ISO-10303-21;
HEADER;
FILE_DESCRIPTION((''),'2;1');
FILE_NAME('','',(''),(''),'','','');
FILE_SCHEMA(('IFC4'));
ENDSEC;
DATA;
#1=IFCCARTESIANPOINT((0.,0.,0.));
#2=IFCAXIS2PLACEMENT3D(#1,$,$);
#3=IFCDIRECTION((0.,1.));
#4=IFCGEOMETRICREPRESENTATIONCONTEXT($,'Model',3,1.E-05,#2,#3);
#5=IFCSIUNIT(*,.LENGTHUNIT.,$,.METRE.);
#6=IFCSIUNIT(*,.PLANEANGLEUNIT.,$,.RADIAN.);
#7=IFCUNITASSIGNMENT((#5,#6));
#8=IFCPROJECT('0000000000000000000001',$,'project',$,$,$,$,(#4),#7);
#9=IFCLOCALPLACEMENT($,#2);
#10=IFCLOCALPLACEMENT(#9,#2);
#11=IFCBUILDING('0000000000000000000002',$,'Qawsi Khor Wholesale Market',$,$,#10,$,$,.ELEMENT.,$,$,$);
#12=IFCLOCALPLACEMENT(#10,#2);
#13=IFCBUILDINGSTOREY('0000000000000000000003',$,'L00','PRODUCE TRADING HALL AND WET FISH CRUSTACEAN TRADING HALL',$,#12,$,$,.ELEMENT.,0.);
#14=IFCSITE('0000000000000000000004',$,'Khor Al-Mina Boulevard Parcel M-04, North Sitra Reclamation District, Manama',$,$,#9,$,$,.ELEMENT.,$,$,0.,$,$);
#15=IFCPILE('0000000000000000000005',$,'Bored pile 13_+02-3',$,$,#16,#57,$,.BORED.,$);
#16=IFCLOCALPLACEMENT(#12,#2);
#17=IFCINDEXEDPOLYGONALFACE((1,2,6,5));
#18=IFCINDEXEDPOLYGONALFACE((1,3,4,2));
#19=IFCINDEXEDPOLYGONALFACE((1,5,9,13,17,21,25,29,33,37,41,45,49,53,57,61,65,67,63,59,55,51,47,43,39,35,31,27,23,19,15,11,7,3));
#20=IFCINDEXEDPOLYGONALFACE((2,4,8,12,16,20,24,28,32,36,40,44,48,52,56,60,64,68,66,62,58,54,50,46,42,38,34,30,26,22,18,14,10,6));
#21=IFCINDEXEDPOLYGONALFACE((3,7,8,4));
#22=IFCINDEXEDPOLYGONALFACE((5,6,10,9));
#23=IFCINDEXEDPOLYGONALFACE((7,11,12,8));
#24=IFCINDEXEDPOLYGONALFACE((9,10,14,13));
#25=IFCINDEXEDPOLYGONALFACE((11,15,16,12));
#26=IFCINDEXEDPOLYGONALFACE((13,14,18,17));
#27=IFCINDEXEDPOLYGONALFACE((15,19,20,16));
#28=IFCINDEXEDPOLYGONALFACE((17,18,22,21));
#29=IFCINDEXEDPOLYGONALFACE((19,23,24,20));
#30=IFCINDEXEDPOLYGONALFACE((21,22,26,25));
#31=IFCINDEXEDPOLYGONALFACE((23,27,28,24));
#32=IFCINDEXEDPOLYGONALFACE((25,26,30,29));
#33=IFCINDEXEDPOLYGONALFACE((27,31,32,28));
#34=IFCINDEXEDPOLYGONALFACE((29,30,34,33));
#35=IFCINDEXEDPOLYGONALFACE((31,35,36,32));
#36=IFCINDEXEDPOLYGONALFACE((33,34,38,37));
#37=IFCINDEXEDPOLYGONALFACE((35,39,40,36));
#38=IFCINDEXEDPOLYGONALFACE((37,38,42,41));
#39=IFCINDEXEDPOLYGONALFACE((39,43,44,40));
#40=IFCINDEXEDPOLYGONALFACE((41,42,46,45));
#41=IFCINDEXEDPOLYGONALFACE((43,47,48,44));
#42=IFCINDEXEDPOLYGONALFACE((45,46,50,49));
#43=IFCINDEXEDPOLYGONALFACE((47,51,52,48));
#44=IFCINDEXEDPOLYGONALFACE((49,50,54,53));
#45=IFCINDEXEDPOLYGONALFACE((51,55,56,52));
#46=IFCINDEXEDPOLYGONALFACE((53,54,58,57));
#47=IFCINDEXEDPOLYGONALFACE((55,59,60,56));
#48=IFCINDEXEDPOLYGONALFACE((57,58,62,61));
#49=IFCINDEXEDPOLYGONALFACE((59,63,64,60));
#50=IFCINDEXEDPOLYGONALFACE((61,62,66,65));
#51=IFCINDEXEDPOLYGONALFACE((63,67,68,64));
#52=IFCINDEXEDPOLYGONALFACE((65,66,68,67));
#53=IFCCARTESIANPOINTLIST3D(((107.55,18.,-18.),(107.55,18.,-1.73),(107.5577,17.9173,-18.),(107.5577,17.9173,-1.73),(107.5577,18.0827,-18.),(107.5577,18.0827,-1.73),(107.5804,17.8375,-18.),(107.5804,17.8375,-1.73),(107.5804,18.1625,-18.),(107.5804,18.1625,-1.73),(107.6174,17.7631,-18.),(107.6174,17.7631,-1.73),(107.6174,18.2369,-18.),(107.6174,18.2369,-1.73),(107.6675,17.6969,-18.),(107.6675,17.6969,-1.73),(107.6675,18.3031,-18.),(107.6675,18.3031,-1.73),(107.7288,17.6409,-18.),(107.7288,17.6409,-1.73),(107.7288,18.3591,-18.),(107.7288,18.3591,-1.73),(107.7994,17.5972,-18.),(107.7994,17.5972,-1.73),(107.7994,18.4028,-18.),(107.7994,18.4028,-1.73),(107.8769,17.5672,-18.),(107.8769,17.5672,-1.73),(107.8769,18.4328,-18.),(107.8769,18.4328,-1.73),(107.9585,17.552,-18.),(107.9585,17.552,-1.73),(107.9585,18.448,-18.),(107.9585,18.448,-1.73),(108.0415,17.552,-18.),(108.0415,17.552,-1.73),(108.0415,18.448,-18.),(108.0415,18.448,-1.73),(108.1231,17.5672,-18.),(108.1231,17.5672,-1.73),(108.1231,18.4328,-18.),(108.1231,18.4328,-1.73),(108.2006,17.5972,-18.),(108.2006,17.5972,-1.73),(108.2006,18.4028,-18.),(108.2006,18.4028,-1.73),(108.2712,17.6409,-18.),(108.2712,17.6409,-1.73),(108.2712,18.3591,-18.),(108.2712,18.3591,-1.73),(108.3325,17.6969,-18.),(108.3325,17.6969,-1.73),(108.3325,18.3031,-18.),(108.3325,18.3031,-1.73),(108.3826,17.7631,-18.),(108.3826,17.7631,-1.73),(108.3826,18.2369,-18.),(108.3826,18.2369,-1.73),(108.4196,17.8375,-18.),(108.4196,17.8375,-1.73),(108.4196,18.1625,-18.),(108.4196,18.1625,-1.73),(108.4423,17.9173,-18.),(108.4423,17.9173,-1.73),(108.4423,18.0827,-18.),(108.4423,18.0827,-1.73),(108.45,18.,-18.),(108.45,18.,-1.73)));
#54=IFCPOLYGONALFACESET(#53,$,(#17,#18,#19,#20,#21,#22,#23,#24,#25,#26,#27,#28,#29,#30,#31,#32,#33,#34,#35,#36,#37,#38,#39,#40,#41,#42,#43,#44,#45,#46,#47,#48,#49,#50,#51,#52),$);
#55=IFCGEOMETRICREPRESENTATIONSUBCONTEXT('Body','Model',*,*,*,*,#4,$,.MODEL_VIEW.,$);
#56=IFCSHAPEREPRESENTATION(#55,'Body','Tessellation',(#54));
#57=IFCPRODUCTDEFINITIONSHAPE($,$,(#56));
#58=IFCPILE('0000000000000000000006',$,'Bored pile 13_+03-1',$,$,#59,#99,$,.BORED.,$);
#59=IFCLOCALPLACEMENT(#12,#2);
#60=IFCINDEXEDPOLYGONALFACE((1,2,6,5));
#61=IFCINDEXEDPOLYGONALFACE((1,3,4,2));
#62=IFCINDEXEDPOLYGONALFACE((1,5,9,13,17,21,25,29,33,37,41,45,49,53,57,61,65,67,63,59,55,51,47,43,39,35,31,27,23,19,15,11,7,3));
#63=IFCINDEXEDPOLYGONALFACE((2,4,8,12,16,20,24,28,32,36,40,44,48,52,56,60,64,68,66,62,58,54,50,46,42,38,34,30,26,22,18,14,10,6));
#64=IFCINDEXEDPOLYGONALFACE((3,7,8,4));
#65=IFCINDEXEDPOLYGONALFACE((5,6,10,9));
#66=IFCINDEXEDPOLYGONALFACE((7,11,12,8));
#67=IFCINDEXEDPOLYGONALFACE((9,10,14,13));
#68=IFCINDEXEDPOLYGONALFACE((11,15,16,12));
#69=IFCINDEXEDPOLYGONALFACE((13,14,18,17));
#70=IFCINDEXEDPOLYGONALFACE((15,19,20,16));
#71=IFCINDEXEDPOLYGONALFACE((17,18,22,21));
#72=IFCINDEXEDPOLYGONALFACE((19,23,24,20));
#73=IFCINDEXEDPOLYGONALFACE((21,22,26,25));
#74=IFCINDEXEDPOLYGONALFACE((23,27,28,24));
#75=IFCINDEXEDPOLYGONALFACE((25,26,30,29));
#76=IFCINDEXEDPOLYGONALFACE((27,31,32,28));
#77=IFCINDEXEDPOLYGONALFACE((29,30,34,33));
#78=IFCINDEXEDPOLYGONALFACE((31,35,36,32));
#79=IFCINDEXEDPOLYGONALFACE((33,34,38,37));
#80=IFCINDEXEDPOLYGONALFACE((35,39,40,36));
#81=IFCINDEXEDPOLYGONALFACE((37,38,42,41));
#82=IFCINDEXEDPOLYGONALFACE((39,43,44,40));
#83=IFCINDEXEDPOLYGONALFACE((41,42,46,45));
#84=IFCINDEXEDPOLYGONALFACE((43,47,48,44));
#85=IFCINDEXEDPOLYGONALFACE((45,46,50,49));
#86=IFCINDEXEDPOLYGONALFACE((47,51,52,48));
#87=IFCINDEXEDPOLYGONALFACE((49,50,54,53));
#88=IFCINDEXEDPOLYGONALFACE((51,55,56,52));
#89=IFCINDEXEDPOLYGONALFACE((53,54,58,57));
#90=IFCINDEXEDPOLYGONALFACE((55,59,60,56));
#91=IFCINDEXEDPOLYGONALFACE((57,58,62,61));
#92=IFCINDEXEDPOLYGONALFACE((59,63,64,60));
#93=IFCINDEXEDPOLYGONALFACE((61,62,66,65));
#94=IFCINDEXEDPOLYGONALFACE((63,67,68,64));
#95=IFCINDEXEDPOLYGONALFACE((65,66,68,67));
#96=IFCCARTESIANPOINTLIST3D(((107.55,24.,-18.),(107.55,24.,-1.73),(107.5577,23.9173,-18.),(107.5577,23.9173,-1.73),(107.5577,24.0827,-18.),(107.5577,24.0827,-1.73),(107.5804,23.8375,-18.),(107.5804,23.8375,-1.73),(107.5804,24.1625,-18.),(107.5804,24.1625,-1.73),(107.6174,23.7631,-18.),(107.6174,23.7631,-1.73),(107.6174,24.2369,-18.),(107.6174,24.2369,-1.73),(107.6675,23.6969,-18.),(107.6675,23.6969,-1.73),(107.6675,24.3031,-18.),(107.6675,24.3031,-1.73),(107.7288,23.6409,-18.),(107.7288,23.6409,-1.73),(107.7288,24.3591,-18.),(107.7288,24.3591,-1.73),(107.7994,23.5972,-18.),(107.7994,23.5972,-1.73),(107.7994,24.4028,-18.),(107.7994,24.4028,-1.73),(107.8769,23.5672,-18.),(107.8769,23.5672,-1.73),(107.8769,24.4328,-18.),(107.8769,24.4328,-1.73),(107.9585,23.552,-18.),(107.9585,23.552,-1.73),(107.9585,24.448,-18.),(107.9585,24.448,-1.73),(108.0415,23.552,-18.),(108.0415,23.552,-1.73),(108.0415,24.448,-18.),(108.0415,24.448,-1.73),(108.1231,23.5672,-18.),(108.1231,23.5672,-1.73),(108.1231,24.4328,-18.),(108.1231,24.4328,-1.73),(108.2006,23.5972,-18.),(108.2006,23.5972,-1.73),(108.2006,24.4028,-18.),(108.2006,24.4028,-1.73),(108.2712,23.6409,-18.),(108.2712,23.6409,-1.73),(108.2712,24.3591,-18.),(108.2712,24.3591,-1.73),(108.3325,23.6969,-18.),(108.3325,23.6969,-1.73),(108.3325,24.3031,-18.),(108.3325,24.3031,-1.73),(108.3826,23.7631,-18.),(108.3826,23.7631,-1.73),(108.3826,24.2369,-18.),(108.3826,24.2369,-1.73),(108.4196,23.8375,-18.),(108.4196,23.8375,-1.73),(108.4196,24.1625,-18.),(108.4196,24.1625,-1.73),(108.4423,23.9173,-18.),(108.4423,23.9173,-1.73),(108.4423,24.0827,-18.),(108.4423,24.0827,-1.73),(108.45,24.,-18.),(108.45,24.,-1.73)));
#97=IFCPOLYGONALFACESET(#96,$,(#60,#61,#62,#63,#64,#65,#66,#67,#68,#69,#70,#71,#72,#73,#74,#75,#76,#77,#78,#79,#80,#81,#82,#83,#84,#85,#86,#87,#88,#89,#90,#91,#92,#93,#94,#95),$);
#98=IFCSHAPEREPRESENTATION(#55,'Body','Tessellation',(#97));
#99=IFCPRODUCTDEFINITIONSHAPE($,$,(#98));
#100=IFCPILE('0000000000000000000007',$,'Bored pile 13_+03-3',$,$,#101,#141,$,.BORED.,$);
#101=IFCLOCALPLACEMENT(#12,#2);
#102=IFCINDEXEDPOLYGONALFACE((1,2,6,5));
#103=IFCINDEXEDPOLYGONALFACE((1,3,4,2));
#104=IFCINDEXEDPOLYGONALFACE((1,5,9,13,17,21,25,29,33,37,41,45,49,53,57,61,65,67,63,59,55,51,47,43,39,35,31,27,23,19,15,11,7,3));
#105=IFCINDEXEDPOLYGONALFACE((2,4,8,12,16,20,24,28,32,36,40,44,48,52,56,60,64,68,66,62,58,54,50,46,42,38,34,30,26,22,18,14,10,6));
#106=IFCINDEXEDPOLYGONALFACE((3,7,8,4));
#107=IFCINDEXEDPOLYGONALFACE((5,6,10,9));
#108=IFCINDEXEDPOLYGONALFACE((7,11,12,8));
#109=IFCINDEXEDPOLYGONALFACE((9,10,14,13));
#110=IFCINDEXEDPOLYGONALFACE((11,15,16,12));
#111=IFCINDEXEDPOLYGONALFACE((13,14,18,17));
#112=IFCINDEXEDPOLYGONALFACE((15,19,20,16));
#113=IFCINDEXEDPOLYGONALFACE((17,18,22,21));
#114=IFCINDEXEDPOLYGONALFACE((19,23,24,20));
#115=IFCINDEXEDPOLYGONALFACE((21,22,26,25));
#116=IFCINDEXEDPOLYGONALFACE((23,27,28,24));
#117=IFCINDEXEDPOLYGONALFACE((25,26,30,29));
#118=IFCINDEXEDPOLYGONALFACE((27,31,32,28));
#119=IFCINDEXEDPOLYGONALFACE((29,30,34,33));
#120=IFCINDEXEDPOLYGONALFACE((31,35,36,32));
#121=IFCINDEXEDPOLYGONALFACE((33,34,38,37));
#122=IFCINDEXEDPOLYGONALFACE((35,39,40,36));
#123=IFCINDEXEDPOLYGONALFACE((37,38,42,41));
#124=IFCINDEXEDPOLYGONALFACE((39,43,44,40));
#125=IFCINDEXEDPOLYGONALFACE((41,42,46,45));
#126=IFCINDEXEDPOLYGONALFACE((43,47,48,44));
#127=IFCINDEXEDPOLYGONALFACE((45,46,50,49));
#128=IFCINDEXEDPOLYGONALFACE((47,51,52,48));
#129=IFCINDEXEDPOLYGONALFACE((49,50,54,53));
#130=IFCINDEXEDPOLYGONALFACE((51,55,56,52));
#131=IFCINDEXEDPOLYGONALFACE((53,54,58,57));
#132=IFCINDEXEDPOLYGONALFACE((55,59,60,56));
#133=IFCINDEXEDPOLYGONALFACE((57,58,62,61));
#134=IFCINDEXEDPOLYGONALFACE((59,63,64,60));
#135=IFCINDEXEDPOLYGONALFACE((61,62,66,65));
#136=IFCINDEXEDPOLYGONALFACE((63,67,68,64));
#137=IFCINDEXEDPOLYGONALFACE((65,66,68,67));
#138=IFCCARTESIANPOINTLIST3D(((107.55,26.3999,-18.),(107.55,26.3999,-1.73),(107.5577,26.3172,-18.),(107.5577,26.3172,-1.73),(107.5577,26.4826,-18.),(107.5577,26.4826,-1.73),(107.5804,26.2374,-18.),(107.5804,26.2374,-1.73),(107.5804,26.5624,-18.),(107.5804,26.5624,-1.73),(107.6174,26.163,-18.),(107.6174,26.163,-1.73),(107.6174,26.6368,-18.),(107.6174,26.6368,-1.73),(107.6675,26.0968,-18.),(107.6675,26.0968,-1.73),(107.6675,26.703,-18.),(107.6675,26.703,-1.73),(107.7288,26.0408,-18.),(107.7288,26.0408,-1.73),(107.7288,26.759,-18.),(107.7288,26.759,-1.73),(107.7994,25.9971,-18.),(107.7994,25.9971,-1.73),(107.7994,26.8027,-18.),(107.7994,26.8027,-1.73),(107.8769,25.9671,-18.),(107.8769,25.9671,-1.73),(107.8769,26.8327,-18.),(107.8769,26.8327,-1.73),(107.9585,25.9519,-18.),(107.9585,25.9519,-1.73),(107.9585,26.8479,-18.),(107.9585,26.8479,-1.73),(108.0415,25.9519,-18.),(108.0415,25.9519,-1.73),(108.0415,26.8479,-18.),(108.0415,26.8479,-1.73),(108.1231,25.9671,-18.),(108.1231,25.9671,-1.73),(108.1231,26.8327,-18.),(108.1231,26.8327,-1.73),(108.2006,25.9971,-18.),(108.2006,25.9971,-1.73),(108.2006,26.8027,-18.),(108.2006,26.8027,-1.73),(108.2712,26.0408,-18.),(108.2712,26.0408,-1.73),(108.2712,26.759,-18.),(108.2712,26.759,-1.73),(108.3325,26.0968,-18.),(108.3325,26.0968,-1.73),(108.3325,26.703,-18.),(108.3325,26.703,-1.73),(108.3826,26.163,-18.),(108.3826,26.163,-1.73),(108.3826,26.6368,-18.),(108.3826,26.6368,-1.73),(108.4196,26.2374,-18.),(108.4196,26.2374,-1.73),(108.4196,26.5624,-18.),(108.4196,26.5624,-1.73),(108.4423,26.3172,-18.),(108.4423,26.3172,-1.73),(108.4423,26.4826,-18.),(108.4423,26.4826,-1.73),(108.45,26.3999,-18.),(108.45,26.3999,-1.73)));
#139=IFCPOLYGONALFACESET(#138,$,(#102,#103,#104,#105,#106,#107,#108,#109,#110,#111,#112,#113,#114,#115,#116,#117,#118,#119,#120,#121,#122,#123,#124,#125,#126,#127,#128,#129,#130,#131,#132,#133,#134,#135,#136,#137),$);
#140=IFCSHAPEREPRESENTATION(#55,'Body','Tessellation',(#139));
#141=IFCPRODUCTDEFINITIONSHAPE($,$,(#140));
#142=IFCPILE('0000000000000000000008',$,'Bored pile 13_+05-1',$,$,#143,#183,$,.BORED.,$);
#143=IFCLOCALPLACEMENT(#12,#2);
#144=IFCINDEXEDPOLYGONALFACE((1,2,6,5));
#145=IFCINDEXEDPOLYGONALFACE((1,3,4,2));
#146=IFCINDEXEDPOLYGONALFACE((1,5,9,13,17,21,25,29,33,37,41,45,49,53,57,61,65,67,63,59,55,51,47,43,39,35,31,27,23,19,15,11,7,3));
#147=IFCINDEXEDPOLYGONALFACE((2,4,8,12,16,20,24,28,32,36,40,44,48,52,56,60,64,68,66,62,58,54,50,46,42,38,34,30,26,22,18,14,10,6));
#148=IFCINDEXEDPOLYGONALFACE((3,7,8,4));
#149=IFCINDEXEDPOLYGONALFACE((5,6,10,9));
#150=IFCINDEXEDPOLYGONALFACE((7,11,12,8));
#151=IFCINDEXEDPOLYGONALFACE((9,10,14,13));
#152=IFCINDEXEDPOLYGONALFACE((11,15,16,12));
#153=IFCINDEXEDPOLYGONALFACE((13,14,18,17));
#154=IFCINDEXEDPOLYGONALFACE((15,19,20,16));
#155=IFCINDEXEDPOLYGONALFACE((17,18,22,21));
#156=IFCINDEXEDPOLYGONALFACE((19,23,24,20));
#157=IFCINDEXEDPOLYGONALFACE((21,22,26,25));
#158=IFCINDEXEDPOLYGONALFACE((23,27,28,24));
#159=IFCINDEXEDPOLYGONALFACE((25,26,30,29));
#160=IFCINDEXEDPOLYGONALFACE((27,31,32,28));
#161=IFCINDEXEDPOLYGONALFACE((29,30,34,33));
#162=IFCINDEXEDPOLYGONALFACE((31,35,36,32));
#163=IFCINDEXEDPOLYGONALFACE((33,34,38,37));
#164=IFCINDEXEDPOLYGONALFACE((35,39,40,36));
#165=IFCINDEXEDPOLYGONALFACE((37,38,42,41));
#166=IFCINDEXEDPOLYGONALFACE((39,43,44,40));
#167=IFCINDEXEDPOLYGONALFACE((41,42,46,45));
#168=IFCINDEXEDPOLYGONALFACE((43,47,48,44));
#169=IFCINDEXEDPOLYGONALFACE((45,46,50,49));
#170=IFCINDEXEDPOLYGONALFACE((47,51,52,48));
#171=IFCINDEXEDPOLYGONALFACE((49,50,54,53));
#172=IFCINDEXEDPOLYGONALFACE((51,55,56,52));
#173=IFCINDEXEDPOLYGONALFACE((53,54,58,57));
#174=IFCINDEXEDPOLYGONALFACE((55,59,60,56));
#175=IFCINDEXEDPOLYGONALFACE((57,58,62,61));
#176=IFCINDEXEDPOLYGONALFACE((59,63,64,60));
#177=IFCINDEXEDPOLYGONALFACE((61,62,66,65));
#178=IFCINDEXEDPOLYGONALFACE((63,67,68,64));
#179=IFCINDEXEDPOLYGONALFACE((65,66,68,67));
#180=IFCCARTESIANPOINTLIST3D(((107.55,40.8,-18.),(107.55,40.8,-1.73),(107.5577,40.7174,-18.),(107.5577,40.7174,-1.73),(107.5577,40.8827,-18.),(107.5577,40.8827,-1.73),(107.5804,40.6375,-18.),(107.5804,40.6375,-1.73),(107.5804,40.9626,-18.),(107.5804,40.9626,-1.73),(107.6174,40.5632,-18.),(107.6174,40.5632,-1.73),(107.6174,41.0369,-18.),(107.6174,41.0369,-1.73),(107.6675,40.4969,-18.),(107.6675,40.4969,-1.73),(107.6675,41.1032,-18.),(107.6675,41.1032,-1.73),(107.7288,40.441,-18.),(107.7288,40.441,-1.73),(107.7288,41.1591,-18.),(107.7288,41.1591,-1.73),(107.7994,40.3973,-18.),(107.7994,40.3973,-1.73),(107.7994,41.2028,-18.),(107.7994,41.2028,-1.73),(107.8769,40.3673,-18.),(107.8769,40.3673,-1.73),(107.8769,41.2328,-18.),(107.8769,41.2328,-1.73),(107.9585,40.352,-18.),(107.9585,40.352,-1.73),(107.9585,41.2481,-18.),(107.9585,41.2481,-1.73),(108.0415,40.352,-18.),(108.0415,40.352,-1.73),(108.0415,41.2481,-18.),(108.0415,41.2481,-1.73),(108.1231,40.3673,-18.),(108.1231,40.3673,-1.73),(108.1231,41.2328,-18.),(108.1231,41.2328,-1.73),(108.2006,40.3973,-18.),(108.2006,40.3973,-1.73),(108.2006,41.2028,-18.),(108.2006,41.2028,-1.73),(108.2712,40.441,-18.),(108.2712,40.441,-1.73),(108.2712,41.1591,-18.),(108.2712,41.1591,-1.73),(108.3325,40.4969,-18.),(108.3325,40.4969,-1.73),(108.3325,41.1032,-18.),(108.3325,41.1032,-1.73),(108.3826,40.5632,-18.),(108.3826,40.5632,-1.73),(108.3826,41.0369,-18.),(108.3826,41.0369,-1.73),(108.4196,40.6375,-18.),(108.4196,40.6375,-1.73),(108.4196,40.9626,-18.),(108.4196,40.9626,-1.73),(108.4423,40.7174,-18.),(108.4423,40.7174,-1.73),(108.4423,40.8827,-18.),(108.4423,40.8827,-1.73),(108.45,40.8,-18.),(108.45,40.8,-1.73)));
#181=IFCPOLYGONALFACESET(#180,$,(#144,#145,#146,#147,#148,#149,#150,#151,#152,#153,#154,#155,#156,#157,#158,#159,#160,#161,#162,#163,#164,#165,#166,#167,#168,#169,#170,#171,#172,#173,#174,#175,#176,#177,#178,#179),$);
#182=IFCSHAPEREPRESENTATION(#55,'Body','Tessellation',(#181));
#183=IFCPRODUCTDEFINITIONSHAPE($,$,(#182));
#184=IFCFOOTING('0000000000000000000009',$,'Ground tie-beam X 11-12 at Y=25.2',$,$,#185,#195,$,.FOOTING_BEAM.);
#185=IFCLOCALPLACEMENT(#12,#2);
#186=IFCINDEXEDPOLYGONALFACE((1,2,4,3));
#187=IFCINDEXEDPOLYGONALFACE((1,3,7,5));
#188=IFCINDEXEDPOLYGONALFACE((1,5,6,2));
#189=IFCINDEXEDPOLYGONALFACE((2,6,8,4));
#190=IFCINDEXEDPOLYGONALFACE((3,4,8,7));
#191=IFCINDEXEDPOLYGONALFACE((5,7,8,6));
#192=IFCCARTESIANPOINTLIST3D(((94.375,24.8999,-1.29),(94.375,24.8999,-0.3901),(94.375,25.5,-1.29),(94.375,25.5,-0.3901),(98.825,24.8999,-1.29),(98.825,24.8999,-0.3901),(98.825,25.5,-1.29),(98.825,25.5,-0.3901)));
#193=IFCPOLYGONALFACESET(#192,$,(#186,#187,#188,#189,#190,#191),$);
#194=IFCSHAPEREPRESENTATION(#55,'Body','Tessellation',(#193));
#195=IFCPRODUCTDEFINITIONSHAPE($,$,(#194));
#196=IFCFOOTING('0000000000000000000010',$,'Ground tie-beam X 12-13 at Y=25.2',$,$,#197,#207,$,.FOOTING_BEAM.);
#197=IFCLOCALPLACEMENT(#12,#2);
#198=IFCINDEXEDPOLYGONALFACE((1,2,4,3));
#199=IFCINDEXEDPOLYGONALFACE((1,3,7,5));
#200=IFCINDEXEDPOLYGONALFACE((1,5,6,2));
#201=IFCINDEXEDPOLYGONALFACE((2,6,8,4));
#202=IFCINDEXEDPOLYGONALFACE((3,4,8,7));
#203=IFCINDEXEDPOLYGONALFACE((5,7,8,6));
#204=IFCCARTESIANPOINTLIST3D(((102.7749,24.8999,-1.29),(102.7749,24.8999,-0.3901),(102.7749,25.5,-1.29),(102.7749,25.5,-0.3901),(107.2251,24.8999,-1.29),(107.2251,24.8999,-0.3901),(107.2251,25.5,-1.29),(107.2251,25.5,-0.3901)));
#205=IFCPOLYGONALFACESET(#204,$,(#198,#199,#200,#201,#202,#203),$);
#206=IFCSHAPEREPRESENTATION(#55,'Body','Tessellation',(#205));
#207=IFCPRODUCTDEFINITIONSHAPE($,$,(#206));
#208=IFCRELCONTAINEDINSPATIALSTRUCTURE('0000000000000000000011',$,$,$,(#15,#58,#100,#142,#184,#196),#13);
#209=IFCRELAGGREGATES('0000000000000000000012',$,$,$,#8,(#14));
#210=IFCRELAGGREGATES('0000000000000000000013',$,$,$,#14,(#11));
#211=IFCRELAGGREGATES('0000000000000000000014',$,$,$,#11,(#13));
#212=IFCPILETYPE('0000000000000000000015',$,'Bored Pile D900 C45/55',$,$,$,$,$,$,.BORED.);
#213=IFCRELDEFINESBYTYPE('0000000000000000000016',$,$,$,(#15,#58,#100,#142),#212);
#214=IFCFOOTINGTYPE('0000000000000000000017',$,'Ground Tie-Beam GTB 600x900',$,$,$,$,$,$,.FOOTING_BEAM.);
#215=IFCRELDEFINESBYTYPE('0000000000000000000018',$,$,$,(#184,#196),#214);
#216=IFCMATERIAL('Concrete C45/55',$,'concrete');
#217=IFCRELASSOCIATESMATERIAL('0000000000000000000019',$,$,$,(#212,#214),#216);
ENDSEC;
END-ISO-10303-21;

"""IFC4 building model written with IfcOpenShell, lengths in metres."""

from ifc_helpers import new_model, si_unit, direction, frame, origin, origin_2d, place, context, subcontext, project, spatial, rectangle, circle, extrude, material, material_profile, profile_set, type_object, element, save


model = new_model("IFC4")

# Units and contexts
model_context = context("Model", 3, precision=1e-05, world=origin(), true_north=direction((0.0, 1.0)))
body_context = subcontext(model_context, "Body", "Model", "MODEL_VIEW")
ifc_project = project(units=[si_unit("LENGTHUNIT", "METRE"), si_unit("PLANEANGLEUNIT", "RADIAN")], contexts=[model_context])

# Site, building, storey
site_placement = place(None, origin())
site = spatial("IfcSite", under=ifc_project, at=site_placement, Name="Khor Al-Mina Boulevard Parcel M-04, North Sitra Reclamation District, Manama", CompositionType="ELEMENT", RefElevation=0.0)
building_placement = place(site_placement, origin())
building = spatial("IfcBuilding", under=site, at=building_placement, Name="Qawsi Khor Wholesale Market", CompositionType="ELEMENT")
storey_placement = place(building_placement, origin())
storey = spatial("IfcBuildingStorey", under=building, at=storey_placement, Name="L00", Description="PRODUCE TRADING HALL AND WET FISH CRUSTACEAN TRADING HALL", CompositionType="ELEMENT", Elevation=0.0)

# Piles
ifc_material_1 = material(Name="Concrete C45/55", Category="concrete")
ifc_material_profile_1 = material_profile(ifc_material_1, circle(Radius=0.45, at=origin_2d()), Name="PILE D900")
ifc_profile_set_1 = profile_set([ifc_material_profile_1], Name="Concrete C45/55")
pile_type_1 = type_object("IfcPileType", Name="Bored Pile D900 C45/55", PredefinedType="BORED", material=ifc_profile_set_1)
for number, where, z_axis, x_axis, name in (
    (1, (108.0, 18.0, -1.73), (0.0, 0.0, -1.0), (1.0, 0.0, 0.0), "Bored pile 13_+02-3"),
    (2, (108.0, 24.0, -1.73), (0.0, 0.0, -1.0), (1.0, 0.0, 0.0), "Bored pile 13_+03-1"),
    (3, (108.0, 26.3999, -1.73), (0.0, 0.0, -1.0), (1.0, 0.0, 0.0), "Bored pile 13_+03-3"),
    (4, (108.0, 40.8, -1.73), (0.0, 0.0, -1.0), (1.0, 0.0, 0.0), "Bored pile 13_+05-1"),
):
    element("IfcPile", number, at=place(storey_placement, frame(where, z_axis=z_axis, x_axis=x_axis)), inside=storey, type_object=pile_type_1, Name=name, PredefinedType="BORED", context=body_context, shape_type="SweptSolid", body=[
        extrude(circle(Radius=0.45, at=origin_2d()), origin(), (0.0, 0.0, 1.0), 16.27),
    ])

# Footings
ifc_material_profile_2 = material_profile(ifc_material_1, rectangle(XDim=0.6001, YDim=0.8999, at=origin_2d()), Name="RC 600x900")
ifc_profile_set_2 = profile_set([ifc_material_profile_2], Name="Concrete C45/55")
footing_type_1 = type_object("IfcFootingType", Name="Ground Tie-Beam GTB 600x900", PredefinedType="FOOTING_BEAM", material=ifc_profile_set_2)
footing_1_placement = place(storey_placement, frame((94.375, 25.2, -0.8401), z_axis=(1.0, 0.0, 0.0), x_axis=(0.0, 1.0, 0.0)))
element("IfcFooting", 5, at=footing_1_placement, inside=storey, type_object=footing_type_1, Name="Ground tie-beam X 11-12 at Y=25.2", PredefinedType="FOOTING_BEAM", context=body_context, shape_type="SweptSolid", body=[
    extrude(rectangle(XDim=0.6001, YDim=0.8999, at=origin_2d()), origin(), (0.0, 0.0, 1.0), 4.45),
])
footing_2_placement = place(storey_placement, frame((102.7749, 25.2, -0.8401), z_axis=(1.0, 0.0, 0.0), x_axis=(0.0, 1.0, 0.0)))
element("IfcFooting", 6, at=footing_2_placement, inside=storey, type_object=footing_type_1, Name="Ground tie-beam X 12-13 at Y=25.2", PredefinedType="FOOTING_BEAM", context=body_context, shape_type="SweptSolid", body=[
    extrude(rectangle(XDim=0.6001, YDim=0.8999, at=origin_2d()), origin(), (0.0, 0.0, 1.0), 4.4502),
])

save(model, "model.ifc")
